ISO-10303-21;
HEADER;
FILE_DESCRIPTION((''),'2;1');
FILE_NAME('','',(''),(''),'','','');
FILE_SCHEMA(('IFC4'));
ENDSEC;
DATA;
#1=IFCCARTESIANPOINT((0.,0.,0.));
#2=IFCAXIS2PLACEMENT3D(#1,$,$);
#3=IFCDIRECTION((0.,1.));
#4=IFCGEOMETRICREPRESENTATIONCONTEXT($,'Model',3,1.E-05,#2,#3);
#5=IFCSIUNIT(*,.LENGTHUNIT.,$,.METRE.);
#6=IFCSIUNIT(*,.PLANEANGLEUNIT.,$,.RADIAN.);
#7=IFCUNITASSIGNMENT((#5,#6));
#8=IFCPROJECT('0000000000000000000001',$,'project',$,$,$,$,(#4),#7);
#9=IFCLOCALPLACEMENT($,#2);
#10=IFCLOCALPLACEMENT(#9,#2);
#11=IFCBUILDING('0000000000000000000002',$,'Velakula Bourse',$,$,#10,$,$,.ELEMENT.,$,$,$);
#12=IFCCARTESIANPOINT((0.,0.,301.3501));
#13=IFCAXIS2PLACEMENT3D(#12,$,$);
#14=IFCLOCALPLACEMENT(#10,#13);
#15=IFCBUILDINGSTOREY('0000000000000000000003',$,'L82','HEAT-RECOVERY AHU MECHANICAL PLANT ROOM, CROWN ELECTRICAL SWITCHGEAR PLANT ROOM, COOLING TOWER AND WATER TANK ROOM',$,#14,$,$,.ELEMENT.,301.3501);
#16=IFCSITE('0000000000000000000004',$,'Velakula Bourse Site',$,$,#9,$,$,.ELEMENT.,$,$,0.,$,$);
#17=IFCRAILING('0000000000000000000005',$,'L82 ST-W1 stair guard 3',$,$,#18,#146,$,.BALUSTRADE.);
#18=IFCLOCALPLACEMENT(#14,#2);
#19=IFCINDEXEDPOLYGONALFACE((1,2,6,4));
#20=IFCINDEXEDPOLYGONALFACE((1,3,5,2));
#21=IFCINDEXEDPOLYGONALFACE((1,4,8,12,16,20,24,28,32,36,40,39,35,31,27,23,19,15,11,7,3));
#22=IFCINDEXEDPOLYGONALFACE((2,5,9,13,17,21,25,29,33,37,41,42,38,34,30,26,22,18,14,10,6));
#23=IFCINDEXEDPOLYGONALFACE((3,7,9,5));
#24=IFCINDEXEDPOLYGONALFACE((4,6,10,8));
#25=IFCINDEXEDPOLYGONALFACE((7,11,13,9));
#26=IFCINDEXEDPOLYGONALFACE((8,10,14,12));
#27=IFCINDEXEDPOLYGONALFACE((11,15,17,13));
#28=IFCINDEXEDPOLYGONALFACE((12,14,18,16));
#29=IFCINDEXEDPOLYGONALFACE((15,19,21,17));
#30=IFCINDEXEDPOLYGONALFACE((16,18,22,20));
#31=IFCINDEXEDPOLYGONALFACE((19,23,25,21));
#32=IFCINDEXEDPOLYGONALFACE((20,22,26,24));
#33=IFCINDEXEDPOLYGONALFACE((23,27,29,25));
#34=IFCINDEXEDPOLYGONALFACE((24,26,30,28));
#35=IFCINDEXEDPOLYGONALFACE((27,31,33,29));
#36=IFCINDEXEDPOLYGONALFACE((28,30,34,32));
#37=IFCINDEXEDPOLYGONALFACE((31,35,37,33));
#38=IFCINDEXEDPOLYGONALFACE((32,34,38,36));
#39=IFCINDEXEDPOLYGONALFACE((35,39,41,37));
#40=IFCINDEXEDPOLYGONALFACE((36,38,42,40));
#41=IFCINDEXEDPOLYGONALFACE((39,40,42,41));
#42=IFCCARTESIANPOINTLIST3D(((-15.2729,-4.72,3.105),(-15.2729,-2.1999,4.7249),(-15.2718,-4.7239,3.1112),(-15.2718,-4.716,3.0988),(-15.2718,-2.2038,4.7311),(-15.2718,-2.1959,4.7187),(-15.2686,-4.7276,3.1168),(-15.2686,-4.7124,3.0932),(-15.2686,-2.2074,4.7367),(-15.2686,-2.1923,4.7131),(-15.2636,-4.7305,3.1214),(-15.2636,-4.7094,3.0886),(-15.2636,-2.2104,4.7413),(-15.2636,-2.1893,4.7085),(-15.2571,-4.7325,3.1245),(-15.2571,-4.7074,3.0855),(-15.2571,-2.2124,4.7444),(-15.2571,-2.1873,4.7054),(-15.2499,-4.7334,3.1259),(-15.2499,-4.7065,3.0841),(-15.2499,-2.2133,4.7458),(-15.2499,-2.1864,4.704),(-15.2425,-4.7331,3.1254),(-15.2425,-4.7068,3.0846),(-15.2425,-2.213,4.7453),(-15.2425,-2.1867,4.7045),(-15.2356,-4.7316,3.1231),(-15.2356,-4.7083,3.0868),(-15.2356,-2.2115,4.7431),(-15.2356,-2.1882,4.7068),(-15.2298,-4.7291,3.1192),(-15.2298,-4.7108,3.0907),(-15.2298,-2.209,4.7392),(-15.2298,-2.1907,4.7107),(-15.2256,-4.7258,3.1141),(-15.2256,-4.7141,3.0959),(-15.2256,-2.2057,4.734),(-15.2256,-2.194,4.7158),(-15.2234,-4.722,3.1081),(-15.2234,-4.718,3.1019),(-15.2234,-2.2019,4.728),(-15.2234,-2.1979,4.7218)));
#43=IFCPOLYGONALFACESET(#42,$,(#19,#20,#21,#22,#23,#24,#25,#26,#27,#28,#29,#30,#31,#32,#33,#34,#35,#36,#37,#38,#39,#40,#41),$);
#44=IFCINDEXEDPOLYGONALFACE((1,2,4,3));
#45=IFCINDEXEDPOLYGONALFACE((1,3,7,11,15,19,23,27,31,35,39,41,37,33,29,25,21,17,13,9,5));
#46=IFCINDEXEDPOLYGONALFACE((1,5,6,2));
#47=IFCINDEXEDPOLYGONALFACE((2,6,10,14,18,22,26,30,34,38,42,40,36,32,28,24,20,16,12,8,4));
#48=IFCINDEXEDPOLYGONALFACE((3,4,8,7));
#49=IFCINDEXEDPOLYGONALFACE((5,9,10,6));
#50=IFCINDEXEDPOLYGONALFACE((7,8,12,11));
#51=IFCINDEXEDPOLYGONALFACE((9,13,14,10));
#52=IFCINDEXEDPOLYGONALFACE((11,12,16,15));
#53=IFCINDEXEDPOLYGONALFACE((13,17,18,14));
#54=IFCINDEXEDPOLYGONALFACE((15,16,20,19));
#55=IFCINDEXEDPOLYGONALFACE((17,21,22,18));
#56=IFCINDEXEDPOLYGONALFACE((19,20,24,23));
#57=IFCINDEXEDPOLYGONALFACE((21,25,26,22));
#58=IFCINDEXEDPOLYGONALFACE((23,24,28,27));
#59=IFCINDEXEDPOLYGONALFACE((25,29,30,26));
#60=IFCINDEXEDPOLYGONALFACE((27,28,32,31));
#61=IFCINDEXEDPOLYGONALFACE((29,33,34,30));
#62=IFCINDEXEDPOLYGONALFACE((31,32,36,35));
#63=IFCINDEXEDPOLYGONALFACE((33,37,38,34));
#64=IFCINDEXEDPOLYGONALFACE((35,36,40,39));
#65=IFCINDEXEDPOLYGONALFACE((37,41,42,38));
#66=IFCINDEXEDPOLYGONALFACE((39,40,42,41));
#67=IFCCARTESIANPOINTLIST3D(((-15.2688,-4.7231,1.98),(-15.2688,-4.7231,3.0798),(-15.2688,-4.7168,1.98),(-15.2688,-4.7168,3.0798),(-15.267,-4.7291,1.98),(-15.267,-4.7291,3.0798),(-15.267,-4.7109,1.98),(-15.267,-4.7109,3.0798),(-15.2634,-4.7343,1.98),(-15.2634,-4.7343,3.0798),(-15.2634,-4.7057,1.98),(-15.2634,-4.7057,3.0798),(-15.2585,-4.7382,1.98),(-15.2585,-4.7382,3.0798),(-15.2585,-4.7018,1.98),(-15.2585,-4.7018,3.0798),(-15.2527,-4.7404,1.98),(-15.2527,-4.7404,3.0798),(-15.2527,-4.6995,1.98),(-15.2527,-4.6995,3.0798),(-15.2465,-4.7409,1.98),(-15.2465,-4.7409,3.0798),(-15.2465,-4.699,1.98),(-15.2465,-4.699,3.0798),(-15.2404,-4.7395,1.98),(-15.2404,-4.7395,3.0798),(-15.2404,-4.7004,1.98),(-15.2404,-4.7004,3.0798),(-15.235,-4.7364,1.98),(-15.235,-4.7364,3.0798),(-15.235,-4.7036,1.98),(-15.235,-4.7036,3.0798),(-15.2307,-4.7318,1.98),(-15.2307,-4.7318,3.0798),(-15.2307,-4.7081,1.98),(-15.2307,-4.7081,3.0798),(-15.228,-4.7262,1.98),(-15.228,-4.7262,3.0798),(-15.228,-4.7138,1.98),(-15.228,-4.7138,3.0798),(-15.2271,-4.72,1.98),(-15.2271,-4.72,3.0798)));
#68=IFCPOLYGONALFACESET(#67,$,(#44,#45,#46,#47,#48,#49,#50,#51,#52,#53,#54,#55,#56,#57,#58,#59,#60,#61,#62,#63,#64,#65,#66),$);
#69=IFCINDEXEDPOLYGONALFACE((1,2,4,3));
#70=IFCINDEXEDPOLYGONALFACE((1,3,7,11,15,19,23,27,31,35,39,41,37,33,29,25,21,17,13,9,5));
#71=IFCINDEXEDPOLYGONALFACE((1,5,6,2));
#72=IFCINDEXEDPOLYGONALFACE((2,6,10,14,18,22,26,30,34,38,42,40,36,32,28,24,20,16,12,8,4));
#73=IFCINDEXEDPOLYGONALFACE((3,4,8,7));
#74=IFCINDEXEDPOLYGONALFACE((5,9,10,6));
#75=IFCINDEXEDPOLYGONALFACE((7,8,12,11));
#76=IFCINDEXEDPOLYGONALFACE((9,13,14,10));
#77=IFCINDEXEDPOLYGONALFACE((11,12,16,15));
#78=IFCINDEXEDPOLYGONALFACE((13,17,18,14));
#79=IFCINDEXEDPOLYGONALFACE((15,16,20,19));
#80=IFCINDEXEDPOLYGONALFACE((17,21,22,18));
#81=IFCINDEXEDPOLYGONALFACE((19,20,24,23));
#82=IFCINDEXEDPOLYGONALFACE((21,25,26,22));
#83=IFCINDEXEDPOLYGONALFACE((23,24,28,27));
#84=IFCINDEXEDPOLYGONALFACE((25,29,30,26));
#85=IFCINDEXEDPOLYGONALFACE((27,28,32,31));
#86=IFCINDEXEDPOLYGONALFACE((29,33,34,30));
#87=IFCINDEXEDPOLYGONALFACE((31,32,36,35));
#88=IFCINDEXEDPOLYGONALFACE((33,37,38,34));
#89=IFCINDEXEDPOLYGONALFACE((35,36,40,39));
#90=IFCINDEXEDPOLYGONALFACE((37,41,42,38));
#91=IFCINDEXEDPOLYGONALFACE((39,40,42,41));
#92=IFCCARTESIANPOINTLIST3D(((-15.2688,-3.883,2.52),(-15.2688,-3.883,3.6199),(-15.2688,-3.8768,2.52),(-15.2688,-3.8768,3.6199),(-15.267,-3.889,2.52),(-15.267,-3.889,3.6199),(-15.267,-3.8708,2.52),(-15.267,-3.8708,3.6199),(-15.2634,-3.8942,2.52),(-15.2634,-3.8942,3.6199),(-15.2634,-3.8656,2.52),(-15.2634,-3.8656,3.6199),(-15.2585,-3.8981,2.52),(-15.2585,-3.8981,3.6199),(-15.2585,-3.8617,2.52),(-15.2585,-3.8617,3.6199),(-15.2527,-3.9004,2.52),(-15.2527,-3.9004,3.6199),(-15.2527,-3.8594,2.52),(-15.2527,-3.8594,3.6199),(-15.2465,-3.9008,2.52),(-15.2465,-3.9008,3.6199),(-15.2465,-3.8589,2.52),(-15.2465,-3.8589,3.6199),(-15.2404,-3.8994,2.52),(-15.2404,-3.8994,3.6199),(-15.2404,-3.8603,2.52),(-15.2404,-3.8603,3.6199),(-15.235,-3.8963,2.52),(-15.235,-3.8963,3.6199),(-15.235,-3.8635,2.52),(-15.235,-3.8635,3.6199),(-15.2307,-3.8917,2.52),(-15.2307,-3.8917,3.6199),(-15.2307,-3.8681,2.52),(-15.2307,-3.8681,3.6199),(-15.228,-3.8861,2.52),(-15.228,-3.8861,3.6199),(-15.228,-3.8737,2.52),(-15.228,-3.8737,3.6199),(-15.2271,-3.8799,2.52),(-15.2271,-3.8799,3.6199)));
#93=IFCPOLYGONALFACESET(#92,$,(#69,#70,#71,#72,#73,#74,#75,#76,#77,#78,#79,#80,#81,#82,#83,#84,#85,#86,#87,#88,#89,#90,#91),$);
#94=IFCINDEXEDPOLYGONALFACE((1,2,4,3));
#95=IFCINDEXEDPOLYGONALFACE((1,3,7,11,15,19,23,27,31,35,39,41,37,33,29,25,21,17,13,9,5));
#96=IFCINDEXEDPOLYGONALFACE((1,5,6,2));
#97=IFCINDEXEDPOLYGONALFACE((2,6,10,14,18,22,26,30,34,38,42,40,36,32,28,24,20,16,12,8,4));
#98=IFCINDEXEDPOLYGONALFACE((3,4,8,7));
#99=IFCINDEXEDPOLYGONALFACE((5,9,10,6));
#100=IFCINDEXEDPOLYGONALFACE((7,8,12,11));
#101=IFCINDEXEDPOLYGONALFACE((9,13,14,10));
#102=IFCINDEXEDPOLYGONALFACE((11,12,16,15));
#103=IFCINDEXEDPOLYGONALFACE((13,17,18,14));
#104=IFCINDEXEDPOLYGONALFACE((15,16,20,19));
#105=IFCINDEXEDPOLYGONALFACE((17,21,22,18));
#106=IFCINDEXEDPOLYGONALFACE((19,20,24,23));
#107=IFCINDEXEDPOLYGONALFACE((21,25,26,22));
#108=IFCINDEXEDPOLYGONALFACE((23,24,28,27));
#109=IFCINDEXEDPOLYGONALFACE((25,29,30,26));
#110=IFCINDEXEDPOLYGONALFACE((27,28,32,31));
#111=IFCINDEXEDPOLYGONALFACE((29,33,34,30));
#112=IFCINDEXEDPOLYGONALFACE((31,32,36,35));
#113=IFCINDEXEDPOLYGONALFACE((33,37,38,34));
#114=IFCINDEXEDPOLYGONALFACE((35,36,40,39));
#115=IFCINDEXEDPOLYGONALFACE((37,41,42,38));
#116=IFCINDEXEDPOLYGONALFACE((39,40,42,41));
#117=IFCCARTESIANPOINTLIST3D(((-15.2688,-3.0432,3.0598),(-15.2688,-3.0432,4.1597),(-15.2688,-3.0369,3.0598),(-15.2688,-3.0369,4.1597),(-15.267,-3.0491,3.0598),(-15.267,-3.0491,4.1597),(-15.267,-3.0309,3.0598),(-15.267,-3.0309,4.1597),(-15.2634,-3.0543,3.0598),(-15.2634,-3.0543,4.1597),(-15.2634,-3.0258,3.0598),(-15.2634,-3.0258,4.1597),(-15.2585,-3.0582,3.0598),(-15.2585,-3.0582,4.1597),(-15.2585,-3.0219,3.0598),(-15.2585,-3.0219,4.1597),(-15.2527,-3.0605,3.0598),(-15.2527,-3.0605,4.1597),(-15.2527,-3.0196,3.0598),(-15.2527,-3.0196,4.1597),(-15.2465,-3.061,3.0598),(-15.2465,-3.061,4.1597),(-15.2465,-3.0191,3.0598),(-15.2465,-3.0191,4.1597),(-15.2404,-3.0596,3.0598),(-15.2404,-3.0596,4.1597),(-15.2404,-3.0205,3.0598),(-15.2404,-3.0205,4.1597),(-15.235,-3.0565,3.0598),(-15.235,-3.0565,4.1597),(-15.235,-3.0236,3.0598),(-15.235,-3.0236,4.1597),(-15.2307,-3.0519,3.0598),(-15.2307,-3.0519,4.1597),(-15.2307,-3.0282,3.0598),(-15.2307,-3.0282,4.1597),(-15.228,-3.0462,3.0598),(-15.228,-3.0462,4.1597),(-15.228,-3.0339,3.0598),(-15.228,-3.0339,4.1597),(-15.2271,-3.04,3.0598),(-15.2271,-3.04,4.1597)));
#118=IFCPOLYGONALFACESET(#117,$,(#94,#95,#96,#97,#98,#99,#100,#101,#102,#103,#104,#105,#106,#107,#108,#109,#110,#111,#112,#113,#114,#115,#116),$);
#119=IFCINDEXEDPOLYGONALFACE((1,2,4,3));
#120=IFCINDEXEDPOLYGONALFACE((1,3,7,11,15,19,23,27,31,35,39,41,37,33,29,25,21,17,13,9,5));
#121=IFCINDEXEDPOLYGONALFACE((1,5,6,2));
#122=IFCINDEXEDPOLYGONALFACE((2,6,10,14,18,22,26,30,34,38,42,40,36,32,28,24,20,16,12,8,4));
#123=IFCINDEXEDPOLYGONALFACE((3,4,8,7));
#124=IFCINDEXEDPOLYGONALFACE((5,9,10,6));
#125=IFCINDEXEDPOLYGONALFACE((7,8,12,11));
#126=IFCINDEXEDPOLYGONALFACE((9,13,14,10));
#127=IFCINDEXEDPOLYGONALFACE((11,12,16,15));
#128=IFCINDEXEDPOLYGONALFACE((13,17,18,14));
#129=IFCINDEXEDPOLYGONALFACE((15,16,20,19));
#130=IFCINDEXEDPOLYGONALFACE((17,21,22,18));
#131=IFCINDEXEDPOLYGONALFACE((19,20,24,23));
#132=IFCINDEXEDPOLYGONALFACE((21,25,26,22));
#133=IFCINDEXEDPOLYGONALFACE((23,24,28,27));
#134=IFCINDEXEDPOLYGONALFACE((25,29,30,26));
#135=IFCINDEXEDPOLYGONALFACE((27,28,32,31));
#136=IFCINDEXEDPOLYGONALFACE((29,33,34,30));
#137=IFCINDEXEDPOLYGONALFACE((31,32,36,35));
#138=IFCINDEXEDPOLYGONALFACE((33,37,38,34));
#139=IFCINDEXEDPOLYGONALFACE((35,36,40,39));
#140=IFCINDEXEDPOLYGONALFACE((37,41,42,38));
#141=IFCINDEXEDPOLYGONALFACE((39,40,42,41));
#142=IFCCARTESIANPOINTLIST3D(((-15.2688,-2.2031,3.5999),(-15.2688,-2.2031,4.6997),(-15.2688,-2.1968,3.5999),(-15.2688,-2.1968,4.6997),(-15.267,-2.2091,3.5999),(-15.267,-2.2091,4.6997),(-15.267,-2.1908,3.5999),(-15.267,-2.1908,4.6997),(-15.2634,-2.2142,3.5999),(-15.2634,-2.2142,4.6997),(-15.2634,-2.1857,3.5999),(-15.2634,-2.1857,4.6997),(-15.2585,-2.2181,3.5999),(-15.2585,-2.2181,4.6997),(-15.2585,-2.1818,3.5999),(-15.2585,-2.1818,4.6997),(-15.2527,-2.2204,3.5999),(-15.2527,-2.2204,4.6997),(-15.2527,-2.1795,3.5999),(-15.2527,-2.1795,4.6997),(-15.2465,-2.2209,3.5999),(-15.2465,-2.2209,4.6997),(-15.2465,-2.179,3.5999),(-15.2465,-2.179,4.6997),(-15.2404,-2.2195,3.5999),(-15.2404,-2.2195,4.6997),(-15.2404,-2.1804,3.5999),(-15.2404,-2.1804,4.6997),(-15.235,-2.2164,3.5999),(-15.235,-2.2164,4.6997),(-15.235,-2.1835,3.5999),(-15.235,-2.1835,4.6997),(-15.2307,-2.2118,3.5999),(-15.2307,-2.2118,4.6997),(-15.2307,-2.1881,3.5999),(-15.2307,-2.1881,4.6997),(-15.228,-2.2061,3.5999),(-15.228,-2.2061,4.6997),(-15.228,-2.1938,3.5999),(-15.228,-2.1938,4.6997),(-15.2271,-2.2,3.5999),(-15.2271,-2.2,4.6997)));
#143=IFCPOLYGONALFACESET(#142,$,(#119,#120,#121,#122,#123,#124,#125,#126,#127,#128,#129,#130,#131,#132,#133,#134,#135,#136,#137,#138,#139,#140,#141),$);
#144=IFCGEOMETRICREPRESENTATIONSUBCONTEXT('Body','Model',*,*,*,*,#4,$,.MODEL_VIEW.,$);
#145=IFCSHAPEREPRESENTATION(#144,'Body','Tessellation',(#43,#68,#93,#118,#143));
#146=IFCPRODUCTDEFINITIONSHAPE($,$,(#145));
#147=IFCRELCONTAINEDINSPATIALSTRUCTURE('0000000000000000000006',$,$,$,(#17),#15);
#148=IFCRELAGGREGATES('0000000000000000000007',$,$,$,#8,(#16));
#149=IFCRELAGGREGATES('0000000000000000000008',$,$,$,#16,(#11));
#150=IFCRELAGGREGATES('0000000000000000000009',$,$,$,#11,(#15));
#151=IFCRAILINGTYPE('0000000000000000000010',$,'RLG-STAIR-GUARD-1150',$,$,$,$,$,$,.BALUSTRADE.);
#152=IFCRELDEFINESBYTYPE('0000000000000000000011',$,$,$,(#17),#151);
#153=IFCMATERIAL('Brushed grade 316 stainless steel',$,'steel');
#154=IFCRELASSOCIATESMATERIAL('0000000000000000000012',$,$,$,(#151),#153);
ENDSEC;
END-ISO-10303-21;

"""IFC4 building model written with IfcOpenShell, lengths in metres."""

from ifc_helpers import new_model, si_unit, direction, frame, origin, origin_2d, place, context, subcontext, project, spatial, circle, extrude, material, type_object, element, save


model = new_model("IFC4")

# Units and contexts
model_context = context("Model", 3, precision=1e-05, world=origin(), true_north=direction((0.0, 1.0)))
body_context = subcontext(model_context, "Body", "Model", "MODEL_VIEW")
ifc_project = project(units=[si_unit("LENGTHUNIT", "METRE"), si_unit("PLANEANGLEUNIT", "RADIAN")], contexts=[model_context])

# Site, building, storey
site_placement = place(None, origin())
site = spatial("IfcSite", under=ifc_project, at=site_placement, Name="Velakula Bourse Site", CompositionType="ELEMENT", RefElevation=0.0)
building_placement = place(site_placement, origin())
building = spatial("IfcBuilding", under=site, at=building_placement, Name="Velakula Bourse", CompositionType="ELEMENT")
storey_placement = place(building_placement, frame((0.0, 0.0, 301.3501)))
storey = spatial("IfcBuildingStorey", under=building, at=storey_placement, Name="L82", Description="HEAT-RECOVERY AHU MECHANICAL PLANT ROOM, CROWN ELECTRICAL SWITCHGEAR PLANT ROOM, COOLING TOWER AND WATER TANK ROOM", CompositionType="ELEMENT", Elevation=301.3501)

# Shared definitions
ifc_material_1 = material(Name="Brushed grade 316 stainless steel", Category="steel")

# Railing
railing_type_1 = type_object("IfcRailingType", Name="RLG-STAIR-GUARD-1150", PredefinedType="BALUSTRADE", material=ifc_material_1)
railing_1_placement = place(storey_placement, frame((-15.248, -4.72, 1.98)))
element("IfcRailing", 1, at=railing_1_placement, inside=storey, type_object=railing_type_1, Name="L82 ST-W1 stair guard 3", PredefinedType="BALUSTRADE", context=body_context, shape_type="SweptSolid", body=[
    extrude(circle(Radius=0.0249, at=origin_2d()), frame((0.0, 0.0, 1.125), z_axis=(0.0, 0.8412, 0.540725), x_axis=(-1.0, 0.0, 0.0)), (0.0, 0.0, 1.0), 2.9958),
    extrude(circle(Radius=0.021, at=origin_2d()), origin(), (0.0, 0.0, 1.0), 1.0999),
    extrude(circle(Radius=0.021, at=origin_2d()), frame((0.0, 0.8401, 0.54)), (0.0, 0.0, 1.0), 1.0999),
    extrude(circle(Radius=0.021, at=origin_2d()), frame((0.0, 1.6799, 1.0798)), (0.0, 0.0, 1.0), 1.0999),
    extrude(circle(Radius=0.021, at=origin_2d()), frame((0.0, 2.52, 1.6199)), (0.0, 0.0, 1.0), 1.0999),
])

save(model, "model.ifc")
